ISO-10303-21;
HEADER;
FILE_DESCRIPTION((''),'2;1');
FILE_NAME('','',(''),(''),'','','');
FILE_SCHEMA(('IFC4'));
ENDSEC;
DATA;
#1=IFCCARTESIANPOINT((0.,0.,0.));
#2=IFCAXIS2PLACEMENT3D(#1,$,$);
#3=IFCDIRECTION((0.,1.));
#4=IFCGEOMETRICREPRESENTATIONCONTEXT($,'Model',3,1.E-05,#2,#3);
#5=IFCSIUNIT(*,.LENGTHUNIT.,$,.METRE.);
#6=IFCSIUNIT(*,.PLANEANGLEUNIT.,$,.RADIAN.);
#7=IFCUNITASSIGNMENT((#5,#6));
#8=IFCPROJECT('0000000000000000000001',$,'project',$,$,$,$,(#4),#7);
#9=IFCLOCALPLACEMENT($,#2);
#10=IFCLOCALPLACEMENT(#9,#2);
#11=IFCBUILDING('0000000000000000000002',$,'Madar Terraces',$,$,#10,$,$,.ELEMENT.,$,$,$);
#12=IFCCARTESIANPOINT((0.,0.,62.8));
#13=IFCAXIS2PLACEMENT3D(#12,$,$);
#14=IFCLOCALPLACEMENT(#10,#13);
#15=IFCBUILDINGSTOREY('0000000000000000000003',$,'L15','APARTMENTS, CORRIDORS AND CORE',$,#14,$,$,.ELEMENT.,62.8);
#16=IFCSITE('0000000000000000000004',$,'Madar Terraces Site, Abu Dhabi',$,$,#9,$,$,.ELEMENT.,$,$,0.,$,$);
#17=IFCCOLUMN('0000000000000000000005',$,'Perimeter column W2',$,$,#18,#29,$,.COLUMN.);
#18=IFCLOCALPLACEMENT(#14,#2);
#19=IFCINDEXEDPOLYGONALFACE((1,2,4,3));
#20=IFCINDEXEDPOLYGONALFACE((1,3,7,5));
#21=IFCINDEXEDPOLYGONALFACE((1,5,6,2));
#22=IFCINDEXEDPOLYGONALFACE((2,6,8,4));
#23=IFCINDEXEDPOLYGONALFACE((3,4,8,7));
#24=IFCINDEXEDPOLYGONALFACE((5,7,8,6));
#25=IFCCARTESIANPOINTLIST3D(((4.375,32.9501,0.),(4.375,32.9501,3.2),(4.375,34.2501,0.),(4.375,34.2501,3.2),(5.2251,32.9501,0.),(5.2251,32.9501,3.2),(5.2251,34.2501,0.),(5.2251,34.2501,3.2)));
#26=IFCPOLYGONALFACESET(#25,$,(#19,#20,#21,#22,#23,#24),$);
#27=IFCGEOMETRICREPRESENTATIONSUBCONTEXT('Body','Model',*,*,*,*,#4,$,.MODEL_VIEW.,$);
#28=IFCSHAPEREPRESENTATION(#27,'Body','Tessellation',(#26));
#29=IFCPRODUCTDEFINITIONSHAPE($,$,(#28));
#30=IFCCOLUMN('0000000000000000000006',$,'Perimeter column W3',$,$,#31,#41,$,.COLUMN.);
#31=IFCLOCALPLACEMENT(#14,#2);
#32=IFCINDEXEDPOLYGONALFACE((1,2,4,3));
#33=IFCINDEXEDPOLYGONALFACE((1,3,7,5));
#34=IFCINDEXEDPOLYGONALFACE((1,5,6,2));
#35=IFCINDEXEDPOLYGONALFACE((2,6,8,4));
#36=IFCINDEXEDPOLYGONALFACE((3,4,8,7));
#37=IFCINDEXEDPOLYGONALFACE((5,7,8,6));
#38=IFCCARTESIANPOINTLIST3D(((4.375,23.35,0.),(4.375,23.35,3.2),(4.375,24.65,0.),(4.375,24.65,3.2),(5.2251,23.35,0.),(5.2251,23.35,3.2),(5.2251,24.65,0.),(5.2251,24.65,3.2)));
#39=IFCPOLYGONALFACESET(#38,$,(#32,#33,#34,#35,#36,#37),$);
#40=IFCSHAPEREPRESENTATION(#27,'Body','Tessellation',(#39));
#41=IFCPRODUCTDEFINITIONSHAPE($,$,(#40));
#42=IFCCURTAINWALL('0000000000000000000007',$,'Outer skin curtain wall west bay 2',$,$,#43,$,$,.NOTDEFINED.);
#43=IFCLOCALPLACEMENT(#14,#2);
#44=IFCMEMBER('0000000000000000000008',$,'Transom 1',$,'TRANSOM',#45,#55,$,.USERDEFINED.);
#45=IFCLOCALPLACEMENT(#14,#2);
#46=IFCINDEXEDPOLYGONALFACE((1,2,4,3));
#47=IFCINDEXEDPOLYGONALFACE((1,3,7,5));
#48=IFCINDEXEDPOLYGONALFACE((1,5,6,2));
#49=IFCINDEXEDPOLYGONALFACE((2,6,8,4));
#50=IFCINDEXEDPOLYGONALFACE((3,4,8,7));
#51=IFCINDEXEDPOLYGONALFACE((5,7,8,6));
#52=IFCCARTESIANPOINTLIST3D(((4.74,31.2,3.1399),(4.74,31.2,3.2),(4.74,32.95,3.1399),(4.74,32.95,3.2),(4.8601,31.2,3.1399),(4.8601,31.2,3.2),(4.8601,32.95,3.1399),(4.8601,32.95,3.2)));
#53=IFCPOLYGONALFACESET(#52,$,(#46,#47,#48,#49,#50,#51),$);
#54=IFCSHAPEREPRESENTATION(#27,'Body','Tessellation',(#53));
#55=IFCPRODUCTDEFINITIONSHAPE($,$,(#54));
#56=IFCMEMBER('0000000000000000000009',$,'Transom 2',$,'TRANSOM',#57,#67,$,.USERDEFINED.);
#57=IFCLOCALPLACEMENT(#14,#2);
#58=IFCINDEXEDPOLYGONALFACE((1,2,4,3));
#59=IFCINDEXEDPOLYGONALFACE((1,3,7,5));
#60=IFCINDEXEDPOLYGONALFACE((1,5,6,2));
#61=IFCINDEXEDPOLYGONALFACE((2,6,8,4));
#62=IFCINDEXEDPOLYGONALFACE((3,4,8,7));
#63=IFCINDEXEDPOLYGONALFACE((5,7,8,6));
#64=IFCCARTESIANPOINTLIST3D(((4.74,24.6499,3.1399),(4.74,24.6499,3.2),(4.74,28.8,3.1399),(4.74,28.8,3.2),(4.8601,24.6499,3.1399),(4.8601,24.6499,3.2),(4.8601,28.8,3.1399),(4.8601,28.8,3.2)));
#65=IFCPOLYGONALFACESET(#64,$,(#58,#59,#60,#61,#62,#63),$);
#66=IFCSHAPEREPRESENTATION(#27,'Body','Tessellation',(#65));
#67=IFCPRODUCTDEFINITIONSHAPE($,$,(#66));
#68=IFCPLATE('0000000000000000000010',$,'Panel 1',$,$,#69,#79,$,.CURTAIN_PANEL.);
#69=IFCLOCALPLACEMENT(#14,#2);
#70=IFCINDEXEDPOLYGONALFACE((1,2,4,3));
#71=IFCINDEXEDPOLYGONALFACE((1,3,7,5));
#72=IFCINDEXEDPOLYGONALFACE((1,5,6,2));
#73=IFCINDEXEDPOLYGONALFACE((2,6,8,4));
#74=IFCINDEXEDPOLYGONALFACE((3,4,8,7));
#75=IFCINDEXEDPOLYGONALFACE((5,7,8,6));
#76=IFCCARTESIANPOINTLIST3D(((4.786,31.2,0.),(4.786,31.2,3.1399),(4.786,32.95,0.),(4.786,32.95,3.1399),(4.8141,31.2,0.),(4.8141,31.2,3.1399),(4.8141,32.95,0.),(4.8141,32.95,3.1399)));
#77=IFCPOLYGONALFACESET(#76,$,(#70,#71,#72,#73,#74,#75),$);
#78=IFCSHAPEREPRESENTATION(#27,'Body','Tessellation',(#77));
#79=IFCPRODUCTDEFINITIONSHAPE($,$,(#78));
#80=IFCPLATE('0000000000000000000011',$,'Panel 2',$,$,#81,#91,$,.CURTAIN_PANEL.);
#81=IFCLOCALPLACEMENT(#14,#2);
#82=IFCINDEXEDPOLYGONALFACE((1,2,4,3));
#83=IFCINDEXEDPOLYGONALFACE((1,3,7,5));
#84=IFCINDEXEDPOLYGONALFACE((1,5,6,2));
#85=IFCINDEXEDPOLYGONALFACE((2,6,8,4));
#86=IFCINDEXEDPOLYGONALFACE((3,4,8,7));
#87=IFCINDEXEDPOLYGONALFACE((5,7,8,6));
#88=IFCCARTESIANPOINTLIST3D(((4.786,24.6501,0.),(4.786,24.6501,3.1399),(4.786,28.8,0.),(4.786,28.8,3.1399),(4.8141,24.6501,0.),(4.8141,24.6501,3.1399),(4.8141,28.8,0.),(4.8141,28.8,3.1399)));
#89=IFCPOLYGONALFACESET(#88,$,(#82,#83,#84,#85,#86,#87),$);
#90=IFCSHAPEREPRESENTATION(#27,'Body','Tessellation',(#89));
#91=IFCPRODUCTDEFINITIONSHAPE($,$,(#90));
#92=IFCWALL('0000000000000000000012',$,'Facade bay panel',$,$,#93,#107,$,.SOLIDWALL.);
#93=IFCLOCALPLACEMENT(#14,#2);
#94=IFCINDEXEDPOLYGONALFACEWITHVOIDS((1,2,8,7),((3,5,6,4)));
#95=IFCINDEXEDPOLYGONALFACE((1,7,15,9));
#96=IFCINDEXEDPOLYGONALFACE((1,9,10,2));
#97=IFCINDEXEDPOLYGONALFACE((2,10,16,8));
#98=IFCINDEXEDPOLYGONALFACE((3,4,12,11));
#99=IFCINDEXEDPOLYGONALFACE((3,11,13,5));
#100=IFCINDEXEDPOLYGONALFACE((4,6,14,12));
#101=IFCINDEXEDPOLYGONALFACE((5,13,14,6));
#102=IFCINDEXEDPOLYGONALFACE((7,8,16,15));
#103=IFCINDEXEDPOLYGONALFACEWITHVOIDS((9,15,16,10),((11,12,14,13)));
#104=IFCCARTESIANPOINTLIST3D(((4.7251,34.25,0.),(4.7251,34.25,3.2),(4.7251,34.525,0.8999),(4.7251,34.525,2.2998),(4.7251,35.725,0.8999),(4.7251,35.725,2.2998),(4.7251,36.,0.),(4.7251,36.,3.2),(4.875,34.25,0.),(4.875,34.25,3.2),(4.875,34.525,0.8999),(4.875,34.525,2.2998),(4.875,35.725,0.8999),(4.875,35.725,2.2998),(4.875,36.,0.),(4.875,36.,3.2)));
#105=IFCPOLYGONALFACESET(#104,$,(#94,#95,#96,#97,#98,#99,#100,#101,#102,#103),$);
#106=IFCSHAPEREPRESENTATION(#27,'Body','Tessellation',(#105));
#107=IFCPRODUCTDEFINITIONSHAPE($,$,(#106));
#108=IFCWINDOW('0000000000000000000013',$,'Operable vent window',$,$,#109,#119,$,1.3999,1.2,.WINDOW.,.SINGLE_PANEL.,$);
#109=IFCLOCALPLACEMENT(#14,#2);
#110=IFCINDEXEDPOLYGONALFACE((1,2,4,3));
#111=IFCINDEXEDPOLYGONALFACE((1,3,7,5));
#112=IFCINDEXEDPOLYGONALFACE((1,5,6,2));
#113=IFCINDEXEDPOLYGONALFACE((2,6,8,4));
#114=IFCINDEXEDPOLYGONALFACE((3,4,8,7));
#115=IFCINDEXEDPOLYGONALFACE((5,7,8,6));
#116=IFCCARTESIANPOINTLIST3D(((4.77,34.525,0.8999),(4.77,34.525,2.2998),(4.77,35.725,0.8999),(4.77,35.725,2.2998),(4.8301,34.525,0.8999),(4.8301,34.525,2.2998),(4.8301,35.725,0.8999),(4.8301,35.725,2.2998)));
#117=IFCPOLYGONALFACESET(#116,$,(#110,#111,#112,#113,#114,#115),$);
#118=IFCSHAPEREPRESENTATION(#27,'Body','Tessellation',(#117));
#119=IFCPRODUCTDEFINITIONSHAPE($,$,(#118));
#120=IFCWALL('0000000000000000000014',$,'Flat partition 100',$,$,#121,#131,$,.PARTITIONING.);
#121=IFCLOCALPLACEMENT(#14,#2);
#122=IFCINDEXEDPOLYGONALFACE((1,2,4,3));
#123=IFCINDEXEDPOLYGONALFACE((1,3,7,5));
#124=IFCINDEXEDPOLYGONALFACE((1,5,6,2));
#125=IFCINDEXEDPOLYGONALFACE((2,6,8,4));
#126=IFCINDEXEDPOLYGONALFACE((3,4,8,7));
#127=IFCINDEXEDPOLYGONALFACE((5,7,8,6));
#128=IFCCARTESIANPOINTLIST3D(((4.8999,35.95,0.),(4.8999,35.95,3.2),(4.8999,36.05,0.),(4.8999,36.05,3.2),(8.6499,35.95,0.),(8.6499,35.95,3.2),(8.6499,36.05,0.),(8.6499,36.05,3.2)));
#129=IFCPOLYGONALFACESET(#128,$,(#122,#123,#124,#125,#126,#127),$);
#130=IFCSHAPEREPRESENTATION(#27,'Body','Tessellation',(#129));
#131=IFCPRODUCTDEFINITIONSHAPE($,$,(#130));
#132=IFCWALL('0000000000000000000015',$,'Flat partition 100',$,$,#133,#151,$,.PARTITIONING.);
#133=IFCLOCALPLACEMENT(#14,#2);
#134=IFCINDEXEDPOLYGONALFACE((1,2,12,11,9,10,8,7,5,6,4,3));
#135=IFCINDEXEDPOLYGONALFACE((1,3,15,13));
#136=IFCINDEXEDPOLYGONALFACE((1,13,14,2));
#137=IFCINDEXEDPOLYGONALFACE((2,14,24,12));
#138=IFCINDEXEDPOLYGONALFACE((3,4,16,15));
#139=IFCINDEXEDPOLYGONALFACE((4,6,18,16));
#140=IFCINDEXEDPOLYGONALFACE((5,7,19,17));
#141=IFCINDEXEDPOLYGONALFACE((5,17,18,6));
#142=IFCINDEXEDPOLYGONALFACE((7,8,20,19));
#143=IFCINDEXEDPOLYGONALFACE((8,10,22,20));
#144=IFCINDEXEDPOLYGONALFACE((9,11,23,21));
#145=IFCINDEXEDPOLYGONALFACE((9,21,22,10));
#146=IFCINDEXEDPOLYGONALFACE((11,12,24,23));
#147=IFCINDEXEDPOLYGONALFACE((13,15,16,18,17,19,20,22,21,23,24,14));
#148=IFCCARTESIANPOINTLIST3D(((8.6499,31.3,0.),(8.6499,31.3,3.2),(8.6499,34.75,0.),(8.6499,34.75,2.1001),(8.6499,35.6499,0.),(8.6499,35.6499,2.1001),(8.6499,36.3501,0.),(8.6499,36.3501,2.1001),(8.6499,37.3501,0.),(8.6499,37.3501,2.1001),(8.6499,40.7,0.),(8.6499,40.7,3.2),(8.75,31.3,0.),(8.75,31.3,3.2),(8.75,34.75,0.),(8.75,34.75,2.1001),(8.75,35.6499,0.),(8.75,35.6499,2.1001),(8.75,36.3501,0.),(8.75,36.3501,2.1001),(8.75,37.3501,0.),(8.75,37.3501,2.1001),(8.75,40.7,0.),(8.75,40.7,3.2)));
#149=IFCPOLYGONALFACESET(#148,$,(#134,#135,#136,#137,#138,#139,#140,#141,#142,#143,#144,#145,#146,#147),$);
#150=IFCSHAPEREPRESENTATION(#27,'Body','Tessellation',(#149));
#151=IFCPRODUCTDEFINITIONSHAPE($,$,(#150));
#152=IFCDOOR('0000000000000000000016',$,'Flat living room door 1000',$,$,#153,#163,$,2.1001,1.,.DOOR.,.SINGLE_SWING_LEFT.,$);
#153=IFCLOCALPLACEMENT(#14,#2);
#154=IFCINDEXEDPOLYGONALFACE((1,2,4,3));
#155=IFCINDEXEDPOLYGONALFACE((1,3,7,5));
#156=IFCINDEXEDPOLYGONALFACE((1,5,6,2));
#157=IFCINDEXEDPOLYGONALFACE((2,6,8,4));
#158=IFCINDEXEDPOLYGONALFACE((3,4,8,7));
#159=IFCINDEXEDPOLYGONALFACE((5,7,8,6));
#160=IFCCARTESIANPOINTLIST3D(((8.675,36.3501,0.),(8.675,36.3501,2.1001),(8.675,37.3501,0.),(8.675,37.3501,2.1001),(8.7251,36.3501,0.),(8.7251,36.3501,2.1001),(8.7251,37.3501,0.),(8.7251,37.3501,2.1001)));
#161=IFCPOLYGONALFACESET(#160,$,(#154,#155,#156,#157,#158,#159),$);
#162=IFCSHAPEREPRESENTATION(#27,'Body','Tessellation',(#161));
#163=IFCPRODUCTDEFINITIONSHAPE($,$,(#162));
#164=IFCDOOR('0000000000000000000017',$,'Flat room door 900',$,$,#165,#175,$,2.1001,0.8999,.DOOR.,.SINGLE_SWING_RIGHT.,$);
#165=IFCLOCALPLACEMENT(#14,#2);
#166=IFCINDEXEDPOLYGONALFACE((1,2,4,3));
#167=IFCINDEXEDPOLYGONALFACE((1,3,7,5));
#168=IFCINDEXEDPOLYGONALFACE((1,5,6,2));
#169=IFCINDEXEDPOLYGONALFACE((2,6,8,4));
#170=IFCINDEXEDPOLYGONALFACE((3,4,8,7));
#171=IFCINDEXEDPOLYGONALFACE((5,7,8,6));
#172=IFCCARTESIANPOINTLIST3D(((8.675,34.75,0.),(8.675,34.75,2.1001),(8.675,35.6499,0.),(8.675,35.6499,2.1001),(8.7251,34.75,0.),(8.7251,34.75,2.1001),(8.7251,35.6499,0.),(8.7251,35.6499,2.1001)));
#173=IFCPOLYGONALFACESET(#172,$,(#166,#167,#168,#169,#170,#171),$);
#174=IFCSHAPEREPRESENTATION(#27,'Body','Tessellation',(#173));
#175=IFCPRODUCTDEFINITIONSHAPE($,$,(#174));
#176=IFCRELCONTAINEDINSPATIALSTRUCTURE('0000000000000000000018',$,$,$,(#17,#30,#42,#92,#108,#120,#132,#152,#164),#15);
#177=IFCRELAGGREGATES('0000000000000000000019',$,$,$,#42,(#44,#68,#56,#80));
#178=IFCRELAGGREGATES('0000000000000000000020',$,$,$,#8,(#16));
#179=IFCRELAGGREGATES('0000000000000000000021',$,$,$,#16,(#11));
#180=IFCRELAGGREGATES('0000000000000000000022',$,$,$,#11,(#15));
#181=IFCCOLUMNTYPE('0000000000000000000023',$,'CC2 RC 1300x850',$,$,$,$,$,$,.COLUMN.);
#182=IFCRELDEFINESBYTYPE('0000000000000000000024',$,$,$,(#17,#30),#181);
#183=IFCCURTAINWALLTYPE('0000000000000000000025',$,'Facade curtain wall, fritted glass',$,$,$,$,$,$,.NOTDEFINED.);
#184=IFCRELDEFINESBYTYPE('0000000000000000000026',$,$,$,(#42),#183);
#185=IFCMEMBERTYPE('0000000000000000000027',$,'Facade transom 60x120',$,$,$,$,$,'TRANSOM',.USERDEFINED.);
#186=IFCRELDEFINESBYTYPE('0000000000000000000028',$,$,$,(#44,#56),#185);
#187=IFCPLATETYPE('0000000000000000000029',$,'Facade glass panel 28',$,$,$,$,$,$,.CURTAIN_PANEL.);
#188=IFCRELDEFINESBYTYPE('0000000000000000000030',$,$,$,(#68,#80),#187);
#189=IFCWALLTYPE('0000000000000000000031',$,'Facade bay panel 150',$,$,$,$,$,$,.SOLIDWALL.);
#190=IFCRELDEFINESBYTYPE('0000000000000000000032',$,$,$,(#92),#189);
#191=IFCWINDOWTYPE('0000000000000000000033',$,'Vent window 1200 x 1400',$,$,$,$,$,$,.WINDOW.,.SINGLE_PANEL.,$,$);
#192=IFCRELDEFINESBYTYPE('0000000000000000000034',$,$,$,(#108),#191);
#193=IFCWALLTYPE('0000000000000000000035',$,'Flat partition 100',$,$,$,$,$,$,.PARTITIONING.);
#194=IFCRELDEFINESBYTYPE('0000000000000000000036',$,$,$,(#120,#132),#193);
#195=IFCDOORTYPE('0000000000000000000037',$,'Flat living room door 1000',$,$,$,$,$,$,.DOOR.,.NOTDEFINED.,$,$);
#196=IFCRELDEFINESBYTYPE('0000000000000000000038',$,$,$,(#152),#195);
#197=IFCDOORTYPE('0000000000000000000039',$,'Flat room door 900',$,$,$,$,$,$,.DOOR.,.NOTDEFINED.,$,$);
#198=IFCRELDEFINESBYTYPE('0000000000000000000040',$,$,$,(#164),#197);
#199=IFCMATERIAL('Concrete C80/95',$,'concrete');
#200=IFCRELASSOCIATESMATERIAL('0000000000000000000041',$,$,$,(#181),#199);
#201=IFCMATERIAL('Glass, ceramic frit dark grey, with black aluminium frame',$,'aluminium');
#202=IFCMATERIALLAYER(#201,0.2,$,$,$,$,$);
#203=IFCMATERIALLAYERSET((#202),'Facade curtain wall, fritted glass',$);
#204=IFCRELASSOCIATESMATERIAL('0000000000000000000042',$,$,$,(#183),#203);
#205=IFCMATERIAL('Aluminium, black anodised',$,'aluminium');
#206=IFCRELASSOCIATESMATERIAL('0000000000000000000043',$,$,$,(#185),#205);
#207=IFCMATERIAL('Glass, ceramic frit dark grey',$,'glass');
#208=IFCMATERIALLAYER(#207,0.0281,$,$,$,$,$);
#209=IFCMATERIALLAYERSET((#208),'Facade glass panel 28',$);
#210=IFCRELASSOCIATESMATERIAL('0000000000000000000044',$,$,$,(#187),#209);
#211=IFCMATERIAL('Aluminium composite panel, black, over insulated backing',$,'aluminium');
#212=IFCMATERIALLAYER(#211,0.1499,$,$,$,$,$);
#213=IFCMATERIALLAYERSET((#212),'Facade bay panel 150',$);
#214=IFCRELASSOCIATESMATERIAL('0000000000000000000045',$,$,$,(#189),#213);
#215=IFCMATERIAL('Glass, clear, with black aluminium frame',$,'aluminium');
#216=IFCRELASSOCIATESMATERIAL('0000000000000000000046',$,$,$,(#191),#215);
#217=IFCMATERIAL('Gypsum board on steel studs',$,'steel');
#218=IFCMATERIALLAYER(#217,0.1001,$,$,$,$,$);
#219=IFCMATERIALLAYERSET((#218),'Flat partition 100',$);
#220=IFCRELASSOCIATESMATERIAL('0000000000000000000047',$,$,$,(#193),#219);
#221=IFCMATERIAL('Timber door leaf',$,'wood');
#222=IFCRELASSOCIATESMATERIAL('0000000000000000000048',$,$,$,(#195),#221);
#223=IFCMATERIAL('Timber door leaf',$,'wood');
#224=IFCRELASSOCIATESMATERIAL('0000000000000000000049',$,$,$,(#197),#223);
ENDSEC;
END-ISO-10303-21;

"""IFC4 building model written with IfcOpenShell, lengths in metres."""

from ifc_helpers import new_model, si_unit, direction, frame, frame_2d, origin, origin_2d, place, context, subcontext, project, spatial, rectangle, extrude, material, layer, layer_set, material_profile, profile_set, type_object, element, fill, aggregate, save


model = new_model("IFC4")

# Units and contexts
model_context = context("Model", 3, precision=1e-05, world=origin(), true_north=direction((0.0, 1.0)))
body_context = subcontext(model_context, "Body", "Model", "MODEL_VIEW")
ifc_project = project(units=[si_unit("LENGTHUNIT", "METRE"), si_unit("PLANEANGLEUNIT", "RADIAN")], contexts=[model_context])

# Site, building, storey
site_placement = place(None, origin())
site = spatial("IfcSite", under=ifc_project, at=site_placement, Name="Madar Terraces Site, Abu Dhabi", CompositionType="ELEMENT", RefElevation=0.0)
building_placement = place(site_placement, origin())
building = spatial("IfcBuilding", under=site, at=building_placement, Name="Madar Terraces", CompositionType="ELEMENT")
storey_placement = place(building_placement, frame((0.0, 0.0, 62.8)))
storey = spatial("IfcBuildingStorey", under=building, at=storey_placement, Name="L15", Description="APARTMENTS, CORRIDORS AND CORE", CompositionType="ELEMENT", Elevation=62.8)

# Columns
ifc_material_1 = material(Name="Concrete C80/95", Category="concrete")
ifc_material_profile_1 = material_profile(ifc_material_1, rectangle(XDim=1.3, YDim=0.8501, at=origin_2d()), Name="CC2 RC 1300x850")
ifc_profile_set_1 = profile_set([ifc_material_profile_1], Name="Concrete C80/95")
column_type = type_object("IfcColumnType", Name="CC2 RC 1300x850", PredefinedType="COLUMN", material=ifc_profile_set_1)
for number, where, z_axis, x_axis, name in (
    (1, (4.8, 33.6001, 0.0), (0.0, 0.0, 1.0), (0.0, 1.0, 0.0), "Perimeter column W2"),
    (2, (4.8, 24.0, 0.0), (0.0, 0.0, 1.0), (0.0, 1.0, 0.0), "Perimeter column W3"),
):
    element("IfcColumn", number, at=place(storey_placement, frame(where, z_axis=z_axis, x_axis=x_axis)), inside=storey, type_object=column_type, Name=name, PredefinedType="COLUMN", context=body_context, shape_type="SweptSolid", body=[
        extrude(rectangle(XDim=1.3, YDim=0.8501, at=origin_2d()), origin(), (0.0, 0.0, 1.0), 3.2),
    ])

# Curtain wall, members, plates
ifc_material_2 = material(Name="Glass, ceramic frit dark grey, with black aluminium frame", Category="aluminium")
ifc_layer_1 = layer(ifc_material_2, 0.2)
ifc_layer_set_1 = layer_set([ifc_layer_1], Name="Facade curtain wall, fritted glass")
curtain_wall_type = type_object("IfcCurtainWallType", Name="Facade curtain wall, fritted glass", PredefinedType="NOTDEFINED", material=ifc_layer_set_1)
curtain_wall_placement = place(storey_placement, origin())
curtain_wall = element("IfcCurtainWall", 3, at=curtain_wall_placement, inside=storey, type_object=curtain_wall_type, Name="Outer skin curtain wall west bay 2", PredefinedType="NOTDEFINED")
ifc_material_3 = material(Name="Aluminium, black anodised", Category="aluminium")
ifc_material_profile_2 = material_profile(ifc_material_3, rectangle(XDim=0.1201, YDim=0.0601, at=origin_2d()), Name="Facade transom 60x120")
ifc_profile_set_2 = profile_set([ifc_material_profile_2], Name="Aluminium, black anodised")
member_type = type_object("IfcMemberType", Name="Facade transom 60x120", ElementType="TRANSOM", PredefinedType="USERDEFINED", material=ifc_profile_set_2)
member_1_placement = place(storey_placement, frame((4.8, 32.95, 3.1699), z_axis=(0.0, -1.0, 0.0), x_axis=(1.0, 0.0, 0.0)))
member_1 = element("IfcMember", 4, at=member_1_placement, type_object=member_type, Name="Transom 1", ObjectType="TRANSOM", PredefinedType="USERDEFINED", context=body_context, shape_type="SweptSolid", body=[
    extrude(rectangle(XDim=0.1201, YDim=0.0601, at=origin_2d()), origin(), (0.0, 0.0, 1.0), 1.75),
])
member_2_placement = place(storey_placement, frame((4.8, 28.8, 3.1699), z_axis=(0.0, -1.0, 0.0), x_axis=(1.0, 0.0, 0.0)))
member_2 = element("IfcMember", 5, at=member_2_placement, type_object=member_type, Name="Transom 2", ObjectType="TRANSOM", PredefinedType="USERDEFINED", context=body_context, shape_type="SweptSolid", body=[
    extrude(rectangle(XDim=0.1201, YDim=0.0601, at=origin_2d()), origin(), (0.0, 0.0, 1.0), 4.1501),
])
ifc_material_4 = material(Name="Glass, ceramic frit dark grey", Category="glass")
ifc_layer_2 = layer(ifc_material_4, 0.0281)
ifc_layer_set_2 = layer_set([ifc_layer_2], Name="Facade glass panel 28")
plate_type = type_object("IfcPlateType", Name="Facade glass panel 28", PredefinedType="CURTAIN_PANEL", material=ifc_layer_set_2)
plate_1_placement = place(storey_placement, frame((4.8, 32.075, 0.0), z_axis=(0.0, 0.0, 1.0), x_axis=(0.0, -1.0, 0.0)))
plate_1 = element("IfcPlate", 6, at=plate_1_placement, type_object=plate_type, Name="Panel 1", PredefinedType="CURTAIN_PANEL", context=body_context, shape_type="SweptSolid", body=[
    extrude(rectangle(XDim=1.75, YDim=0.0281, at=origin_2d()), origin(), (0.0, 0.0, 1.0), 3.1399),
])
plate_2_placement = place(storey_placement, frame((4.8, 26.7251, 0.0), z_axis=(0.0, 0.0, 1.0), x_axis=(0.0, -1.0, 0.0)))
plate_2 = element("IfcPlate", 7, at=plate_2_placement, type_object=plate_type, Name="Panel 2", PredefinedType="CURTAIN_PANEL", context=body_context, shape_type="SweptSolid", body=[
    extrude(rectangle(XDim=4.1499, YDim=0.0281, at=origin_2d()), origin(), (0.0, 0.0, 1.0), 3.1399),
])
aggregate(curtain_wall, [member_1, plate_1, member_2, plate_2])

# Wall, opening, window
ifc_material_5 = material(Name="Aluminium composite panel, black, over insulated backing", Category="aluminium")
ifc_layer_3 = layer(ifc_material_5, 0.1499)
ifc_layer_set_3 = layer_set([ifc_layer_3], Name="Facade bay panel 150")
wall_type_1 = type_object("IfcWallType", Name="Facade bay panel 150", PredefinedType="SOLIDWALL", material=ifc_layer_set_3)
wall_1_placement = place(storey_placement, frame((4.8, 36.0, 0.0), z_axis=(0.0, 0.0, 1.0), x_axis=(0.0, -1.0, 0.0)))
wall_1 = element("IfcWall", 8, at=wall_1_placement, inside=storey, type_object=wall_type_1, Name="Facade bay panel", PredefinedType="SOLIDWALL", context=body_context, shape_type="SweptSolid", body=[
    extrude(rectangle(XDim=1.75, YDim=0.1499, at=frame_2d((0.875, 0.0))), origin(), (0.0, 0.0, 1.0), 3.2),
])
opening_1_placement = place(wall_1_placement, frame((0.2749, 0.0, 0.8999)))
opening_1 = element("IfcOpeningElement", 9, at=opening_1_placement, cuts=wall_1, PredefinedType="OPENING", context=body_context, shape_type="SweptSolid", body=[
    extrude(rectangle(XDim=1.2, YDim=1.3999, at=frame_2d((0.6001, 0.7))), frame((0.0, 0.085, 0.0), z_axis=(0.0, -1.0, 0.0), x_axis=(1.0, 0.0, 0.0)), (0.0, 0.0, 1.0), 0.1699),
])
ifc_material_6 = material(Name="Glass, clear, with black aluminium frame", Category="aluminium")
window_type = type_object("IfcWindowType", Name="Vent window 1200 x 1400", PartitioningType="SINGLE_PANEL", PredefinedType="WINDOW", material=ifc_material_6)
window_placement = place(opening_1_placement, origin())
window = element("IfcWindow", 10, at=window_placement, inside=storey, type_object=window_type, Name="Operable vent window", OverallHeight=1.3999, OverallWidth=1.2, PartitioningType="SINGLE_PANEL", PredefinedType="WINDOW", context=body_context, shape_type="SweptSolid", body=[
    extrude(rectangle(XDim=1.2, YDim=1.3999, at=frame_2d((0.6001, 0.7))), frame((0.0, 0.03, 0.0), z_axis=(0.0, -1.0, 0.0), x_axis=(1.0, 0.0, 0.0)), (0.0, 0.0, 1.0), 0.0601),
])
fill(opening_1, window)

# Wall
ifc_material_7 = material(Name="Gypsum board on steel studs", Category="steel")
ifc_layer_4 = layer(ifc_material_7, 0.1001)
ifc_layer_set_4 = layer_set([ifc_layer_4], Name="Flat partition 100")
wall_type_2 = type_object("IfcWallType", Name="Flat partition 100", PredefinedType="PARTITIONING", material=ifc_layer_set_4)
wall_2_placement = place(storey_placement, frame((8.6499, 36.0, 0.0), z_axis=(0.0, 0.0, 1.0), x_axis=(-1.0, 0.0, 0.0)))
element("IfcWall", 11, at=wall_2_placement, inside=storey, type_object=wall_type_2, Name="Flat partition 100", PredefinedType="PARTITIONING", context=body_context, shape_type="SweptSolid", body=[
    extrude(rectangle(XDim=3.75, YDim=0.1001, at=frame_2d((1.875, 0.0))), origin(), (0.0, 0.0, 1.0), 3.2),
])

# Wall, openings, doors
wall_3_placement = place(storey_placement, frame((8.7, 31.3, 0.0), z_axis=(0.0, 0.0, 1.0), x_axis=(0.0, 1.0, 0.0)))
wall_3 = element("IfcWall", 12, at=wall_3_placement, inside=storey, type_object=wall_type_2, Name="Flat partition 100", PredefinedType="PARTITIONING", context=body_context, shape_type="SweptSolid", body=[
    extrude(rectangle(XDim=9.3999, YDim=0.1001, at=frame_2d((4.7, 0.0))), origin(), (0.0, 0.0, 1.0), 3.2),
])
opening_2_placement = place(wall_3_placement, frame((3.45, 0.0, 0.0)))
opening_2 = element("IfcOpeningElement", 13, at=opening_2_placement, cuts=wall_3, PredefinedType="OPENING", context=body_context, shape_type="SweptSolid", body=[
    extrude(rectangle(XDim=0.8999, YDim=2.1001, at=frame_2d((0.45, 1.05))), frame((0.0, 0.0601, 0.0), z_axis=(0.0, -1.0, 0.0), x_axis=(1.0, 0.0, 0.0)), (0.0, 0.0, 1.0), 0.1201),
])
opening_3_placement = place(wall_3_placement, frame((5.05, 0.0, 0.0)))
opening_3 = element("IfcOpeningElement", 14, at=opening_3_placement, cuts=wall_3, PredefinedType="OPENING", context=body_context, shape_type="SweptSolid", body=[
    extrude(rectangle(XDim=1.0, YDim=2.1001, at=frame_2d((0.5, 1.05))), frame((0.0, 0.0601, 0.0), z_axis=(0.0, -1.0, 0.0), x_axis=(1.0, 0.0, 0.0)), (0.0, 0.0, 1.0), 0.1201),
])
ifc_material_8 = material(Name="Timber door leaf", Category="wood")
door_type_1 = type_object("IfcDoorType", Name="Flat living room door 1000", OperationType="NOTDEFINED", PredefinedType="DOOR", material=ifc_material_8)
door_1_placement = place(opening_3_placement, origin())
door_1 = element("IfcDoor", 15, at=door_1_placement, inside=storey, type_object=door_type_1, Name="Flat living room door 1000", OperationType="SINGLE_SWING_LEFT", OverallHeight=2.1001, OverallWidth=1.0, PredefinedType="DOOR", context=body_context, shape_type="SweptSolid", body=[
    extrude(rectangle(XDim=1.0, YDim=2.1001, at=frame_2d((0.5, 1.05))), frame((0.0, 0.0249, 0.0), z_axis=(0.0, -1.0, 0.0), x_axis=(1.0, 0.0, 0.0)), (0.0, 0.0, 1.0), 0.05),
])
fill(opening_3, door_1)
ifc_material_9 = material(Name="Timber door leaf", Category="wood")
door_type_2 = type_object("IfcDoorType", Name="Flat room door 900", OperationType="NOTDEFINED", PredefinedType="DOOR", material=ifc_material_9)
door_2_placement = place(opening_2_placement, origin())
door_2 = element("IfcDoor", 16, at=door_2_placement, inside=storey, type_object=door_type_2, Name="Flat room door 900", OperationType="SINGLE_SWING_RIGHT", OverallHeight=2.1001, OverallWidth=0.8999, PredefinedType="DOOR", context=body_context, shape_type="SweptSolid", body=[
    extrude(rectangle(XDim=0.8999, YDim=2.1001, at=frame_2d((0.45, 1.05))), frame((0.0, 0.0249, 0.0), z_axis=(0.0, -1.0, 0.0), x_axis=(1.0, 0.0, 0.0)), (0.0, 0.0, 1.0), 0.05),
])
fill(opening_2, door_2)

save(model, "model.ifc")
